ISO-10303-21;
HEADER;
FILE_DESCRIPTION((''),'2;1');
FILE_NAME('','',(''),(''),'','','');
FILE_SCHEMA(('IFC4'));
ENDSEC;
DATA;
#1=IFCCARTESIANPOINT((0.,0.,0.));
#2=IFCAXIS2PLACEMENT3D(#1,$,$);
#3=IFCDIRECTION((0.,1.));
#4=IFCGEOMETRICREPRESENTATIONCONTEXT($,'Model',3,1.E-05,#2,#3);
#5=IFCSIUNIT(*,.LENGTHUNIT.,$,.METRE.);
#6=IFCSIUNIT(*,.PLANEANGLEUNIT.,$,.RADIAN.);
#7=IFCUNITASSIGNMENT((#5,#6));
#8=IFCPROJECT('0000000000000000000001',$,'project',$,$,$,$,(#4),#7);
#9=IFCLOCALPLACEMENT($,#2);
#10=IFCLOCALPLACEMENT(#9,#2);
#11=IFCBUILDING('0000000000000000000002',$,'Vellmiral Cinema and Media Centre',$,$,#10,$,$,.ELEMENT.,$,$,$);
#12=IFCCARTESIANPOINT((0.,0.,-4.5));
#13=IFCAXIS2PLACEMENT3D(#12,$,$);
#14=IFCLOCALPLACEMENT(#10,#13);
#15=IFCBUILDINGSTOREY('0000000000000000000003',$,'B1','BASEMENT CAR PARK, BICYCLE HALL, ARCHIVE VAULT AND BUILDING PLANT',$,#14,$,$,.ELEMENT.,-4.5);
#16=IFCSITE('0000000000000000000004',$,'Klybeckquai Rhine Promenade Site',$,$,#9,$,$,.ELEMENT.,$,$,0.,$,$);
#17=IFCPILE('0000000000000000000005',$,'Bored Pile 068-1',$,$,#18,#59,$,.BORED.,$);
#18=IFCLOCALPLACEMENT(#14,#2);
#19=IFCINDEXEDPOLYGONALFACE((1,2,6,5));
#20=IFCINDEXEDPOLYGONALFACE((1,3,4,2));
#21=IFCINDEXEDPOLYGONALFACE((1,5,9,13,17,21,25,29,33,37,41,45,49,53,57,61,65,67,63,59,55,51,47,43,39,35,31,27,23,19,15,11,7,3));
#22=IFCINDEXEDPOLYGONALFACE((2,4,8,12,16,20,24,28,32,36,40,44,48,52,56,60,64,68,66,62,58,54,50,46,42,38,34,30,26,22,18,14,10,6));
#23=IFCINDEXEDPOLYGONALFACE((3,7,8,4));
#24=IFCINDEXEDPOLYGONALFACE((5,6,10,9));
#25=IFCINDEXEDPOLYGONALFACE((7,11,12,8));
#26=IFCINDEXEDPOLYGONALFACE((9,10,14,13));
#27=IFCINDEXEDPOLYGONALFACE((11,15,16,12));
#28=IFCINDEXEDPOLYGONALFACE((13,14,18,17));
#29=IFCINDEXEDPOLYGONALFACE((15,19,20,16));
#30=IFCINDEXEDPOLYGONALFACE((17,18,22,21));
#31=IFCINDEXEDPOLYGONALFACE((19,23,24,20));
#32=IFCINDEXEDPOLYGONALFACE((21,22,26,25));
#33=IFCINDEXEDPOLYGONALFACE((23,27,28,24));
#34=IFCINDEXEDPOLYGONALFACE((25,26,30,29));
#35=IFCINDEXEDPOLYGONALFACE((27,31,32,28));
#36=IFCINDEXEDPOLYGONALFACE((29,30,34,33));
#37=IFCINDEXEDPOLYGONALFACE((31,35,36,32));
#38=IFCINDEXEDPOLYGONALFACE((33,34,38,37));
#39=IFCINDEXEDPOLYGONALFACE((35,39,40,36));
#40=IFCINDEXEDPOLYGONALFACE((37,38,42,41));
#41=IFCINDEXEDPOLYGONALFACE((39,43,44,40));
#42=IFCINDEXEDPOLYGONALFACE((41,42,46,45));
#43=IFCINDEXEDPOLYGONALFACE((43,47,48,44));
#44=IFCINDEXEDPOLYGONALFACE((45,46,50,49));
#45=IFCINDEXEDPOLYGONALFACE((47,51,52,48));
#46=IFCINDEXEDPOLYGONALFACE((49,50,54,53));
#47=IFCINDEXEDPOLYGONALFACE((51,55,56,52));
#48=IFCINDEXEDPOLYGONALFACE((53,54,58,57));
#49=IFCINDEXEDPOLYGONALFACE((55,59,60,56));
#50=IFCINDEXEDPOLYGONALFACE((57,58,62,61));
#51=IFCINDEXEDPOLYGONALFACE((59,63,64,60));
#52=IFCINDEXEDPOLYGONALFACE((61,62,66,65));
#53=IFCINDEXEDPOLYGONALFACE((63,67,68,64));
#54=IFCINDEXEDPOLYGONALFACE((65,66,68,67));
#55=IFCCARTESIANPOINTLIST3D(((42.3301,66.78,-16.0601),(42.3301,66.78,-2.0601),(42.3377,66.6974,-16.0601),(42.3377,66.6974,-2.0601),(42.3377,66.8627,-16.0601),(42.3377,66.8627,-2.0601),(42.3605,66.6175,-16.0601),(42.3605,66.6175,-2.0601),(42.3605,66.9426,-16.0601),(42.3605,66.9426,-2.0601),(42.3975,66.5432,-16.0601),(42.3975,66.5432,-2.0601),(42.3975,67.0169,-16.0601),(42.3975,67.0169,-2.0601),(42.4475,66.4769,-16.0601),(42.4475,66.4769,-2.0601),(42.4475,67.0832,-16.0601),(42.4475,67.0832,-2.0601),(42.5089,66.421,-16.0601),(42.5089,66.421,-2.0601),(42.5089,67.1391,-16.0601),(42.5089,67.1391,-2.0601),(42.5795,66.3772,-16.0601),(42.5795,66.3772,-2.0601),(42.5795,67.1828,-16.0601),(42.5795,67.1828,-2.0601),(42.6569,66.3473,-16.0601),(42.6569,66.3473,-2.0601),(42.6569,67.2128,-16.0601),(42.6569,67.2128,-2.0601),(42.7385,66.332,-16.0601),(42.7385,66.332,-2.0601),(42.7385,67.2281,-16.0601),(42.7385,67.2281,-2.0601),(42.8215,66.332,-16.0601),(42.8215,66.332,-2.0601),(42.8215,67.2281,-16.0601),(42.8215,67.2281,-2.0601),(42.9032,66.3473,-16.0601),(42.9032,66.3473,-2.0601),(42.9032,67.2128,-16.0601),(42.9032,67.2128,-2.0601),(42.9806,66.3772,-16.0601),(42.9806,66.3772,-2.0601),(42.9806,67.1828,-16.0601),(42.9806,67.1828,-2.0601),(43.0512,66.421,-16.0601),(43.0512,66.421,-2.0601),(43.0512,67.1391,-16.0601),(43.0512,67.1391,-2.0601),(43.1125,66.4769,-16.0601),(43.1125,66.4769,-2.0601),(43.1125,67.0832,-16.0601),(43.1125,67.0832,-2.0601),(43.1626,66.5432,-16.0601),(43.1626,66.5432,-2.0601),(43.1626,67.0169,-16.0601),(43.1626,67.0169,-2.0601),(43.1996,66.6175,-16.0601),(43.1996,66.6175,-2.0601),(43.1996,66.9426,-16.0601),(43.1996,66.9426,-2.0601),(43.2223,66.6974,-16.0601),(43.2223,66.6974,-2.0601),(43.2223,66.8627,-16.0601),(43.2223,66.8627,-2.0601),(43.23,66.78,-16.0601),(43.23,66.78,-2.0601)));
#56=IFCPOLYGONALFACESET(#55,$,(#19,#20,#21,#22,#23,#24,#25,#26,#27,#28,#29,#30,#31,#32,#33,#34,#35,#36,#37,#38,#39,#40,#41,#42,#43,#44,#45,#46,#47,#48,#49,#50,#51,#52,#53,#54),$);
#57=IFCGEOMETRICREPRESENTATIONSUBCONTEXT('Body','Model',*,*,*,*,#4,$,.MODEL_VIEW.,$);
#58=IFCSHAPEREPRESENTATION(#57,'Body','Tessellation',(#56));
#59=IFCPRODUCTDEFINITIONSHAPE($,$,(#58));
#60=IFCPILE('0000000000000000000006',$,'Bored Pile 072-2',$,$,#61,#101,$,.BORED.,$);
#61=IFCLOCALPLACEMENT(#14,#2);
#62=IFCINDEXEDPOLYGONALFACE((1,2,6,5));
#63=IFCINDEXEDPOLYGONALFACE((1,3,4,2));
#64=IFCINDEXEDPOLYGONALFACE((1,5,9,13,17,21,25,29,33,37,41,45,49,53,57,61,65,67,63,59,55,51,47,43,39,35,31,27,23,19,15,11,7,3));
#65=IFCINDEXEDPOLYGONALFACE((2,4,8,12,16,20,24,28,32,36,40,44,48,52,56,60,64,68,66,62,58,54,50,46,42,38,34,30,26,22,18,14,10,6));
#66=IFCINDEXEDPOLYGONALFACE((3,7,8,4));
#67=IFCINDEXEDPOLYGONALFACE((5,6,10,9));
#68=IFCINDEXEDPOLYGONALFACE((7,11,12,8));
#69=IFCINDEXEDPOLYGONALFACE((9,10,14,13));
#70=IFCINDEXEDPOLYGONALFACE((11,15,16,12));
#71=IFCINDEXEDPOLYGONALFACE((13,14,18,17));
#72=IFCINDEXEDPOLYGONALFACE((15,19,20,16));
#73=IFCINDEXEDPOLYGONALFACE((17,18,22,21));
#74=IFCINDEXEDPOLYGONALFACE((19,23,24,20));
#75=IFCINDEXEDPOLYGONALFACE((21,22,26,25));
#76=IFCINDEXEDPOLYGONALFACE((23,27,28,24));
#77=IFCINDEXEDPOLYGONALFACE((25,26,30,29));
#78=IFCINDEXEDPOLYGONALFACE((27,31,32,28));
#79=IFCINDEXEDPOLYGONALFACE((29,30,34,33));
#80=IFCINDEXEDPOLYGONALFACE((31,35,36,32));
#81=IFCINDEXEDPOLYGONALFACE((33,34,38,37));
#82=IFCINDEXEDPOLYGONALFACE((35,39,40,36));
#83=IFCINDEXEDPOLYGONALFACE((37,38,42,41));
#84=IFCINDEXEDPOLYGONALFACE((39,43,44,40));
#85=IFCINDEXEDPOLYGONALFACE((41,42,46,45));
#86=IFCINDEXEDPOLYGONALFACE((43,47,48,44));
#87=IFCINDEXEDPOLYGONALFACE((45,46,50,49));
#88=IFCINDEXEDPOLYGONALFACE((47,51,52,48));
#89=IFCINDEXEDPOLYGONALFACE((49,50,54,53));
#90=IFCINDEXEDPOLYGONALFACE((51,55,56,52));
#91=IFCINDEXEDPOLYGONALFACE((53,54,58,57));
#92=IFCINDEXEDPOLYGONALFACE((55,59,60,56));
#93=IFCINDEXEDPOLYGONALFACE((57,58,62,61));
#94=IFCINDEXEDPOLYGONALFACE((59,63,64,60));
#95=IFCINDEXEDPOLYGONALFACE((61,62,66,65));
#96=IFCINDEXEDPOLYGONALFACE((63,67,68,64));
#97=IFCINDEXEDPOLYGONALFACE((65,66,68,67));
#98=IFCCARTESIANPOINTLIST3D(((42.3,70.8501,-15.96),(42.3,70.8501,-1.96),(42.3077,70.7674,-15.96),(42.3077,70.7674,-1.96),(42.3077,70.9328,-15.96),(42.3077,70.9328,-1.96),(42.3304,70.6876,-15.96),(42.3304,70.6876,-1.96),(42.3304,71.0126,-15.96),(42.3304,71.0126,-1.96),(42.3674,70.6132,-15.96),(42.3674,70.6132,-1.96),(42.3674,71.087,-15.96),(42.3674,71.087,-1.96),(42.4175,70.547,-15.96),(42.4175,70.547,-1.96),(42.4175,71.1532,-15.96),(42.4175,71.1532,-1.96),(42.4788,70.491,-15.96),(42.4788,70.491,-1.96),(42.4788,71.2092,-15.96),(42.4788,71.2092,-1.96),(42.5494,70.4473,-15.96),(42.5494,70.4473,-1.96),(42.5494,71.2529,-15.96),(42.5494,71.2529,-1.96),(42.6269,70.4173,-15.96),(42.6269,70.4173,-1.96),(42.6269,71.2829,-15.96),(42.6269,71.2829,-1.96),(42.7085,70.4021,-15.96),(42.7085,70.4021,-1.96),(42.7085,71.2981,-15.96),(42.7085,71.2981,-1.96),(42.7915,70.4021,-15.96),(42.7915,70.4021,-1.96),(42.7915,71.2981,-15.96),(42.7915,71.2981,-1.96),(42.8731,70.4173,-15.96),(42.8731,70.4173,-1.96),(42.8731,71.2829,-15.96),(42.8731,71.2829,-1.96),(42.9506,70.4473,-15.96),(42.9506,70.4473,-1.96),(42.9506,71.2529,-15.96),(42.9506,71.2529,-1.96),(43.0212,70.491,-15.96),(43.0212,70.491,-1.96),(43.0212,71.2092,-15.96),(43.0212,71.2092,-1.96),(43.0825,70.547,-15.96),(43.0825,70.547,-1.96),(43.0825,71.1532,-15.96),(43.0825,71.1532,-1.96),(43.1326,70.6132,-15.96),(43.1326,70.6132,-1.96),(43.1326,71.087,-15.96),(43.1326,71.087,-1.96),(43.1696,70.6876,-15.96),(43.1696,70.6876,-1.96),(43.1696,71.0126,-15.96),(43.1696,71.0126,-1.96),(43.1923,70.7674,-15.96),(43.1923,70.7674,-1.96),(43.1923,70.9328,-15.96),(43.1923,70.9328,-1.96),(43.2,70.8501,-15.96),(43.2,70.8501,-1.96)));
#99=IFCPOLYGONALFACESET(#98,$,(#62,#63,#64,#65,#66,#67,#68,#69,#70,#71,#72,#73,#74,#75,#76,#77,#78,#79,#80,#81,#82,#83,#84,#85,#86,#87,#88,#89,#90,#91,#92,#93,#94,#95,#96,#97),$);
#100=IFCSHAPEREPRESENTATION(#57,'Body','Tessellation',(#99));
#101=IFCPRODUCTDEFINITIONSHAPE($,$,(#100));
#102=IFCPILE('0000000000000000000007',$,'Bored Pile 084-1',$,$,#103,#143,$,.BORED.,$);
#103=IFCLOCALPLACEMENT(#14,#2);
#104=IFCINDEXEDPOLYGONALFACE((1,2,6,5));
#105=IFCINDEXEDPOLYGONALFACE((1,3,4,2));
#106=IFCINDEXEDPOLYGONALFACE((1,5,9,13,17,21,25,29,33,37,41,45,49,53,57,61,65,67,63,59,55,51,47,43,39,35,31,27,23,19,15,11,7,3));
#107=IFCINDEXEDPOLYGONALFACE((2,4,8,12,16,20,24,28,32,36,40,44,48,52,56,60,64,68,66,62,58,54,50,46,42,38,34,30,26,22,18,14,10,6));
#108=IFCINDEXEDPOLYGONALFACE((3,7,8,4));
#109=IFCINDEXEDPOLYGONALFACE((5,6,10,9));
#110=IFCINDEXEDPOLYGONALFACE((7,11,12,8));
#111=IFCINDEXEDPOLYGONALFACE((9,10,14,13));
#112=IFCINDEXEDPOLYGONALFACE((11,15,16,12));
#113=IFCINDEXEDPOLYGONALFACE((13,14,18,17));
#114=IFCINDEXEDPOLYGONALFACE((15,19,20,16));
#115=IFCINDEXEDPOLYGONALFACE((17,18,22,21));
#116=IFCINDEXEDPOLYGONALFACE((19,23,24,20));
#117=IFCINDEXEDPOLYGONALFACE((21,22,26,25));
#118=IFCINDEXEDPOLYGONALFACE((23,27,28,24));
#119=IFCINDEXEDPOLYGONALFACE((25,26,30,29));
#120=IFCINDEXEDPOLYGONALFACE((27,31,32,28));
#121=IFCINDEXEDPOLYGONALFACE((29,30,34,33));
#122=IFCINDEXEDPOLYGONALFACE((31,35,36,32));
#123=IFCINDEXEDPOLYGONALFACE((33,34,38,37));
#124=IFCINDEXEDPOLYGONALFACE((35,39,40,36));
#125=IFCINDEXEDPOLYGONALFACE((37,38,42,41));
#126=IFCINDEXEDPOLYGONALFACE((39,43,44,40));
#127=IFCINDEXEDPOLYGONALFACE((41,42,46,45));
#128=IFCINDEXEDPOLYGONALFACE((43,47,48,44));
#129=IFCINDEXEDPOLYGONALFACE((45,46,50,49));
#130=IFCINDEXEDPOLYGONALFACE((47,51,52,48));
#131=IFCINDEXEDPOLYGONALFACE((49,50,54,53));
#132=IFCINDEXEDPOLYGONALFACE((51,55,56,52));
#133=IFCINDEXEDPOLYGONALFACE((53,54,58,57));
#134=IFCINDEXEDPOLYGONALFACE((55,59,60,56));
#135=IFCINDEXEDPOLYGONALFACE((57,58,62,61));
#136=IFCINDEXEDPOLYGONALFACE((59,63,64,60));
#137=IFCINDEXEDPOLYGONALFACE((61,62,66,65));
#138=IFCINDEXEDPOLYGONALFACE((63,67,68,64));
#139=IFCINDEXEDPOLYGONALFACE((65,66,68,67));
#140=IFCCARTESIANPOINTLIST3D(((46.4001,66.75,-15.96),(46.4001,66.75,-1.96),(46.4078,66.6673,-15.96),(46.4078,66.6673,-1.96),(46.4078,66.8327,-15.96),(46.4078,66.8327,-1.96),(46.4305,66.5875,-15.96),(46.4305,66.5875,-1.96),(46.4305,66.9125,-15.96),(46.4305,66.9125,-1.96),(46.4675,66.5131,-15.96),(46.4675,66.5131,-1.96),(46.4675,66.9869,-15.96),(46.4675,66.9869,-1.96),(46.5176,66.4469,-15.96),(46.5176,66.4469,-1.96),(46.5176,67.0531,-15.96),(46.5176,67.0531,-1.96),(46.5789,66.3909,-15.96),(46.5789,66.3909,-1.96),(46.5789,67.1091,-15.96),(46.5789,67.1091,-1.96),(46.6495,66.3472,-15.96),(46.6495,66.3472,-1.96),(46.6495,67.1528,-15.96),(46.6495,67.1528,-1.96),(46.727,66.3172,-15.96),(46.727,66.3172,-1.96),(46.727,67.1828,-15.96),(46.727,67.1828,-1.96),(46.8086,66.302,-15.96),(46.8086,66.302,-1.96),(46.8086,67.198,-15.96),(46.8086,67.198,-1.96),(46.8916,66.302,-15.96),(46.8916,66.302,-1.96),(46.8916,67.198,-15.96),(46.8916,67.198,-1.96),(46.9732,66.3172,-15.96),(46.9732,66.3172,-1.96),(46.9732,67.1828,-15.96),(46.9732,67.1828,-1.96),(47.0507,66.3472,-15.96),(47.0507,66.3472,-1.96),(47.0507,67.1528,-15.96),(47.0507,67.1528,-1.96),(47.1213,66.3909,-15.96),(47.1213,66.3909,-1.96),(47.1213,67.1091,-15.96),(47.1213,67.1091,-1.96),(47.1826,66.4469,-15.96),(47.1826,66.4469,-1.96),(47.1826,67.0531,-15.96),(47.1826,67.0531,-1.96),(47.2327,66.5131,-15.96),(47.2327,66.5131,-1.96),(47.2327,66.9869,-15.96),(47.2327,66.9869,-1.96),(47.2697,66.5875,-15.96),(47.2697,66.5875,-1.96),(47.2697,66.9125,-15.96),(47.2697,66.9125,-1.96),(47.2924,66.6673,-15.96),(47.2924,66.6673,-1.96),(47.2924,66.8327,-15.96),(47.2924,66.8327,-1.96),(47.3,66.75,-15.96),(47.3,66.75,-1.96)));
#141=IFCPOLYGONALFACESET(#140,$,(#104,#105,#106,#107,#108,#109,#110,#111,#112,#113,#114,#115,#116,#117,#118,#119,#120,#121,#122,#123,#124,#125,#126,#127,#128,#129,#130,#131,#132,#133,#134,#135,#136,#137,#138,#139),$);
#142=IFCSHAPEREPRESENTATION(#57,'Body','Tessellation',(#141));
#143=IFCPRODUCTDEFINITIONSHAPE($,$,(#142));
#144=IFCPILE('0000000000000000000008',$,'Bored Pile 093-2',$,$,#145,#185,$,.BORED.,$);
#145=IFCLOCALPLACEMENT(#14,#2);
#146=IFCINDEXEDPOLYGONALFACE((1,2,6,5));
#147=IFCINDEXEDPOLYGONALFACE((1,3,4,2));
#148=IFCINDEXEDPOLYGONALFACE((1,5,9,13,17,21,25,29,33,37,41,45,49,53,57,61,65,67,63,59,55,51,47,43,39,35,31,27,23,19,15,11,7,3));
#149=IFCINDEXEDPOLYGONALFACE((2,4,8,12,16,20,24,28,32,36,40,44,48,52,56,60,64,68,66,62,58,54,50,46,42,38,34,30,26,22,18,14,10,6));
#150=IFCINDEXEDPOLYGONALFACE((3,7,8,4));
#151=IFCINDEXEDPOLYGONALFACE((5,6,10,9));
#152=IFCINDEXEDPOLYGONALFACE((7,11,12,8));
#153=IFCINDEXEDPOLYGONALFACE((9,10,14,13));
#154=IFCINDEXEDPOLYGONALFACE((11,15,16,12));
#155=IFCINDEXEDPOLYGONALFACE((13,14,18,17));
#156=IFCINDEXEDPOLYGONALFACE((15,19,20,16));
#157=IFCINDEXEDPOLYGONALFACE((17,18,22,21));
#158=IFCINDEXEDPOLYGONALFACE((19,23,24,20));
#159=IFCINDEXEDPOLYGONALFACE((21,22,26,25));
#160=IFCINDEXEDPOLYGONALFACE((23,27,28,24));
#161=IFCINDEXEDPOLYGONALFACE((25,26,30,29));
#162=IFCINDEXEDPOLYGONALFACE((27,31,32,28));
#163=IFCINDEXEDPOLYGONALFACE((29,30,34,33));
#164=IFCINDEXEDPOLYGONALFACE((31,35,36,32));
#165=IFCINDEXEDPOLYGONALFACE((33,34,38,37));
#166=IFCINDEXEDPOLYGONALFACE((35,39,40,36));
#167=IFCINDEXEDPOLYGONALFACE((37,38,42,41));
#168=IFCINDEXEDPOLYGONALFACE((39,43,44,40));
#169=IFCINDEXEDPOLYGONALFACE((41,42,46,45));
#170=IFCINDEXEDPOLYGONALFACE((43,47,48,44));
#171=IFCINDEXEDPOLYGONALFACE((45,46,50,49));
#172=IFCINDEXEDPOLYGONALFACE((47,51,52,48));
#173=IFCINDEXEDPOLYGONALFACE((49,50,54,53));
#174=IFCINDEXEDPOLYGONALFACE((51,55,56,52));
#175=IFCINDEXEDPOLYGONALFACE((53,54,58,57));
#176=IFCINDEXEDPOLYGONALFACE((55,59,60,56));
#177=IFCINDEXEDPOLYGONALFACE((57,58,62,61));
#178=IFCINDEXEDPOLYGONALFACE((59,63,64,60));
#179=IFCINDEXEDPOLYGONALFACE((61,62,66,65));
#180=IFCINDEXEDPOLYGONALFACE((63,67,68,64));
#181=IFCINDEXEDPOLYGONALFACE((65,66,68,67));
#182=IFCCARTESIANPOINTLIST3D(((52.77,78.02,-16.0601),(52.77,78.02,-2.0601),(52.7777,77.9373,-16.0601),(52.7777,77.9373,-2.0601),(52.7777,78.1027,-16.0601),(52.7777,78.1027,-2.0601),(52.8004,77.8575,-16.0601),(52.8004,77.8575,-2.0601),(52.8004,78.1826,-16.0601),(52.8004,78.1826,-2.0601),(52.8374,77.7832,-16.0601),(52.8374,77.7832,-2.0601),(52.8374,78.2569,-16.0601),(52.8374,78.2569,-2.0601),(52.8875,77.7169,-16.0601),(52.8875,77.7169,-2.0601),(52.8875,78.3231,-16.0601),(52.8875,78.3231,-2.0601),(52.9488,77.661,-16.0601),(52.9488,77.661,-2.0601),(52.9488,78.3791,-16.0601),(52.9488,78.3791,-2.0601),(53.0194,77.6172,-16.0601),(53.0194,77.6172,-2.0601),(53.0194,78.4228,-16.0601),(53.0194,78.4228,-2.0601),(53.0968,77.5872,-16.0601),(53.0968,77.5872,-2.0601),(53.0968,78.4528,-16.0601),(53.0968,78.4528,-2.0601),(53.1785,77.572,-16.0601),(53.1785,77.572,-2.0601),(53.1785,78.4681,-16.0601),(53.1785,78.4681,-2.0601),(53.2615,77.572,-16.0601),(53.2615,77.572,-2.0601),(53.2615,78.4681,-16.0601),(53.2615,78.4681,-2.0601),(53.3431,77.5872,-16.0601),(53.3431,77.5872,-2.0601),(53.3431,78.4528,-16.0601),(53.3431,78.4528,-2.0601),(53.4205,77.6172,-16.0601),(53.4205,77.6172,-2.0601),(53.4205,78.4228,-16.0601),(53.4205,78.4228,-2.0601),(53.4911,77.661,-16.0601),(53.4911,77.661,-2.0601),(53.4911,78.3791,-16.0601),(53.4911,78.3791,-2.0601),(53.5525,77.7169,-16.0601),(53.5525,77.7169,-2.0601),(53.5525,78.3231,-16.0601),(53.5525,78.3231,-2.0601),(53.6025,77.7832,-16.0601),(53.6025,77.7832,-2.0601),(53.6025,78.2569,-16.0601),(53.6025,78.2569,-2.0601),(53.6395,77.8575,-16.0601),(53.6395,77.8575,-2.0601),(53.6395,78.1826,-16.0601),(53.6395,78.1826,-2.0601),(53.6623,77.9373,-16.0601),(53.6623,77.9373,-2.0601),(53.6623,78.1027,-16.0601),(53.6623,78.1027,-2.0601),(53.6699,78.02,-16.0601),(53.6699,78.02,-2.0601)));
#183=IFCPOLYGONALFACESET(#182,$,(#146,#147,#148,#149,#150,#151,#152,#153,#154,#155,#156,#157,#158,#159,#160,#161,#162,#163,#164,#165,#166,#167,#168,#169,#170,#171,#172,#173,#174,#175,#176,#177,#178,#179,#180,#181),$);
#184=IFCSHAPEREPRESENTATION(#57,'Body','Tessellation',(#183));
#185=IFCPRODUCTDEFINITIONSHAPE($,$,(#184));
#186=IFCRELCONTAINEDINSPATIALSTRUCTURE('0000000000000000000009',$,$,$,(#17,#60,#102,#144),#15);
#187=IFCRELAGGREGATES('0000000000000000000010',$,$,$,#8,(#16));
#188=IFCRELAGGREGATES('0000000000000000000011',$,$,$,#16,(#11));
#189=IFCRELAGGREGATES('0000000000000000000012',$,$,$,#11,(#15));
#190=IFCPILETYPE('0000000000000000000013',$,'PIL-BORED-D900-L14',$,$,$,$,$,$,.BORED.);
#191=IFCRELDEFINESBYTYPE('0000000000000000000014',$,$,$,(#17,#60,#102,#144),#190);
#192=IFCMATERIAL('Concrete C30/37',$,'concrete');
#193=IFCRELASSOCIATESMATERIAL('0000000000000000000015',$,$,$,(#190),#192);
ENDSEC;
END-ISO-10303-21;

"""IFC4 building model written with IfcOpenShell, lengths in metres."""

from ifc_helpers import new_model, si_unit, direction, frame, origin, origin_2d, place, context, subcontext, project, spatial, circle, extrude, material, material_profile, profile_set, type_object, element, save


model = new_model("IFC4")

# Units and contexts
model_context = context("Model", 3, precision=1e-05, world=origin(), true_north=direction((0.0, 1.0)))
body_context = subcontext(model_context, "Body", "Model", "MODEL_VIEW")
ifc_project = project(units=[si_unit("LENGTHUNIT", "METRE"), si_unit("PLANEANGLEUNIT", "RADIAN")], contexts=[model_context])

# Site, building, storey
site_placement = place(None, origin())
site = spatial("IfcSite", under=ifc_project, at=site_placement, Name="Klybeckquai Rhine Promenade Site", CompositionType="ELEMENT", RefElevation=0.0)
building_placement = place(site_placement, origin())
building = spatial("IfcBuilding", under=site, at=building_placement, Name="Vellmiral Cinema and Media Centre", CompositionType="ELEMENT")
storey_placement = place(building_placement, frame((0.0, 0.0, -4.5)))
storey = spatial("IfcBuildingStorey", under=building, at=storey_placement, Name="B1", Description="BASEMENT CAR PARK, BICYCLE HALL, ARCHIVE VAULT AND BUILDING PLANT", CompositionType="ELEMENT", Elevation=-4.5)

# Piles
ifc_material_1 = material(Name="Concrete C30/37", Category="concrete")
ifc_material_profile_1 = material_profile(ifc_material_1, circle(Radius=0.45, at=origin_2d()), Name="PILE D900")
ifc_profile_set_1 = profile_set([ifc_material_profile_1], Name="Concrete C30/37")
pile_type_1 = type_object("IfcPileType", Name="PIL-BORED-D900-L14", PredefinedType="BORED", material=ifc_profile_set_1)
for number, where, z_axis, x_axis, name in (
    (1, (42.78, 66.78, -2.0601), (0.0, 0.0, -1.0), (1.0, 0.0, 0.0), "Bored Pile 068-1"),
    (2, (42.75, 70.8501, -1.96), (0.0, 0.0, -1.0), (1.0, 0.0, 0.0), "Bored Pile 072-2"),
    (3, (46.8501, 66.75, -1.96), (0.0, 0.0, -1.0), (1.0, 0.0, 0.0), "Bored Pile 084-1"),
    (4, (53.22, 78.02, -2.0601), (0.0, 0.0, -1.0), (1.0, 0.0, 0.0), "Bored Pile 093-2"),
):
    element("IfcPile", number, at=place(storey_placement, frame(where, z_axis=z_axis, x_axis=x_axis)), inside=storey, type_object=pile_type_1, Name=name, PredefinedType="BORED", context=body_context, shape_type="SweptSolid", body=[
        extrude(circle(Radius=0.45, at=origin_2d()), origin(), (0.0, 0.0, 1.0), 14.0),
    ])

save(model, "model.ifc")
